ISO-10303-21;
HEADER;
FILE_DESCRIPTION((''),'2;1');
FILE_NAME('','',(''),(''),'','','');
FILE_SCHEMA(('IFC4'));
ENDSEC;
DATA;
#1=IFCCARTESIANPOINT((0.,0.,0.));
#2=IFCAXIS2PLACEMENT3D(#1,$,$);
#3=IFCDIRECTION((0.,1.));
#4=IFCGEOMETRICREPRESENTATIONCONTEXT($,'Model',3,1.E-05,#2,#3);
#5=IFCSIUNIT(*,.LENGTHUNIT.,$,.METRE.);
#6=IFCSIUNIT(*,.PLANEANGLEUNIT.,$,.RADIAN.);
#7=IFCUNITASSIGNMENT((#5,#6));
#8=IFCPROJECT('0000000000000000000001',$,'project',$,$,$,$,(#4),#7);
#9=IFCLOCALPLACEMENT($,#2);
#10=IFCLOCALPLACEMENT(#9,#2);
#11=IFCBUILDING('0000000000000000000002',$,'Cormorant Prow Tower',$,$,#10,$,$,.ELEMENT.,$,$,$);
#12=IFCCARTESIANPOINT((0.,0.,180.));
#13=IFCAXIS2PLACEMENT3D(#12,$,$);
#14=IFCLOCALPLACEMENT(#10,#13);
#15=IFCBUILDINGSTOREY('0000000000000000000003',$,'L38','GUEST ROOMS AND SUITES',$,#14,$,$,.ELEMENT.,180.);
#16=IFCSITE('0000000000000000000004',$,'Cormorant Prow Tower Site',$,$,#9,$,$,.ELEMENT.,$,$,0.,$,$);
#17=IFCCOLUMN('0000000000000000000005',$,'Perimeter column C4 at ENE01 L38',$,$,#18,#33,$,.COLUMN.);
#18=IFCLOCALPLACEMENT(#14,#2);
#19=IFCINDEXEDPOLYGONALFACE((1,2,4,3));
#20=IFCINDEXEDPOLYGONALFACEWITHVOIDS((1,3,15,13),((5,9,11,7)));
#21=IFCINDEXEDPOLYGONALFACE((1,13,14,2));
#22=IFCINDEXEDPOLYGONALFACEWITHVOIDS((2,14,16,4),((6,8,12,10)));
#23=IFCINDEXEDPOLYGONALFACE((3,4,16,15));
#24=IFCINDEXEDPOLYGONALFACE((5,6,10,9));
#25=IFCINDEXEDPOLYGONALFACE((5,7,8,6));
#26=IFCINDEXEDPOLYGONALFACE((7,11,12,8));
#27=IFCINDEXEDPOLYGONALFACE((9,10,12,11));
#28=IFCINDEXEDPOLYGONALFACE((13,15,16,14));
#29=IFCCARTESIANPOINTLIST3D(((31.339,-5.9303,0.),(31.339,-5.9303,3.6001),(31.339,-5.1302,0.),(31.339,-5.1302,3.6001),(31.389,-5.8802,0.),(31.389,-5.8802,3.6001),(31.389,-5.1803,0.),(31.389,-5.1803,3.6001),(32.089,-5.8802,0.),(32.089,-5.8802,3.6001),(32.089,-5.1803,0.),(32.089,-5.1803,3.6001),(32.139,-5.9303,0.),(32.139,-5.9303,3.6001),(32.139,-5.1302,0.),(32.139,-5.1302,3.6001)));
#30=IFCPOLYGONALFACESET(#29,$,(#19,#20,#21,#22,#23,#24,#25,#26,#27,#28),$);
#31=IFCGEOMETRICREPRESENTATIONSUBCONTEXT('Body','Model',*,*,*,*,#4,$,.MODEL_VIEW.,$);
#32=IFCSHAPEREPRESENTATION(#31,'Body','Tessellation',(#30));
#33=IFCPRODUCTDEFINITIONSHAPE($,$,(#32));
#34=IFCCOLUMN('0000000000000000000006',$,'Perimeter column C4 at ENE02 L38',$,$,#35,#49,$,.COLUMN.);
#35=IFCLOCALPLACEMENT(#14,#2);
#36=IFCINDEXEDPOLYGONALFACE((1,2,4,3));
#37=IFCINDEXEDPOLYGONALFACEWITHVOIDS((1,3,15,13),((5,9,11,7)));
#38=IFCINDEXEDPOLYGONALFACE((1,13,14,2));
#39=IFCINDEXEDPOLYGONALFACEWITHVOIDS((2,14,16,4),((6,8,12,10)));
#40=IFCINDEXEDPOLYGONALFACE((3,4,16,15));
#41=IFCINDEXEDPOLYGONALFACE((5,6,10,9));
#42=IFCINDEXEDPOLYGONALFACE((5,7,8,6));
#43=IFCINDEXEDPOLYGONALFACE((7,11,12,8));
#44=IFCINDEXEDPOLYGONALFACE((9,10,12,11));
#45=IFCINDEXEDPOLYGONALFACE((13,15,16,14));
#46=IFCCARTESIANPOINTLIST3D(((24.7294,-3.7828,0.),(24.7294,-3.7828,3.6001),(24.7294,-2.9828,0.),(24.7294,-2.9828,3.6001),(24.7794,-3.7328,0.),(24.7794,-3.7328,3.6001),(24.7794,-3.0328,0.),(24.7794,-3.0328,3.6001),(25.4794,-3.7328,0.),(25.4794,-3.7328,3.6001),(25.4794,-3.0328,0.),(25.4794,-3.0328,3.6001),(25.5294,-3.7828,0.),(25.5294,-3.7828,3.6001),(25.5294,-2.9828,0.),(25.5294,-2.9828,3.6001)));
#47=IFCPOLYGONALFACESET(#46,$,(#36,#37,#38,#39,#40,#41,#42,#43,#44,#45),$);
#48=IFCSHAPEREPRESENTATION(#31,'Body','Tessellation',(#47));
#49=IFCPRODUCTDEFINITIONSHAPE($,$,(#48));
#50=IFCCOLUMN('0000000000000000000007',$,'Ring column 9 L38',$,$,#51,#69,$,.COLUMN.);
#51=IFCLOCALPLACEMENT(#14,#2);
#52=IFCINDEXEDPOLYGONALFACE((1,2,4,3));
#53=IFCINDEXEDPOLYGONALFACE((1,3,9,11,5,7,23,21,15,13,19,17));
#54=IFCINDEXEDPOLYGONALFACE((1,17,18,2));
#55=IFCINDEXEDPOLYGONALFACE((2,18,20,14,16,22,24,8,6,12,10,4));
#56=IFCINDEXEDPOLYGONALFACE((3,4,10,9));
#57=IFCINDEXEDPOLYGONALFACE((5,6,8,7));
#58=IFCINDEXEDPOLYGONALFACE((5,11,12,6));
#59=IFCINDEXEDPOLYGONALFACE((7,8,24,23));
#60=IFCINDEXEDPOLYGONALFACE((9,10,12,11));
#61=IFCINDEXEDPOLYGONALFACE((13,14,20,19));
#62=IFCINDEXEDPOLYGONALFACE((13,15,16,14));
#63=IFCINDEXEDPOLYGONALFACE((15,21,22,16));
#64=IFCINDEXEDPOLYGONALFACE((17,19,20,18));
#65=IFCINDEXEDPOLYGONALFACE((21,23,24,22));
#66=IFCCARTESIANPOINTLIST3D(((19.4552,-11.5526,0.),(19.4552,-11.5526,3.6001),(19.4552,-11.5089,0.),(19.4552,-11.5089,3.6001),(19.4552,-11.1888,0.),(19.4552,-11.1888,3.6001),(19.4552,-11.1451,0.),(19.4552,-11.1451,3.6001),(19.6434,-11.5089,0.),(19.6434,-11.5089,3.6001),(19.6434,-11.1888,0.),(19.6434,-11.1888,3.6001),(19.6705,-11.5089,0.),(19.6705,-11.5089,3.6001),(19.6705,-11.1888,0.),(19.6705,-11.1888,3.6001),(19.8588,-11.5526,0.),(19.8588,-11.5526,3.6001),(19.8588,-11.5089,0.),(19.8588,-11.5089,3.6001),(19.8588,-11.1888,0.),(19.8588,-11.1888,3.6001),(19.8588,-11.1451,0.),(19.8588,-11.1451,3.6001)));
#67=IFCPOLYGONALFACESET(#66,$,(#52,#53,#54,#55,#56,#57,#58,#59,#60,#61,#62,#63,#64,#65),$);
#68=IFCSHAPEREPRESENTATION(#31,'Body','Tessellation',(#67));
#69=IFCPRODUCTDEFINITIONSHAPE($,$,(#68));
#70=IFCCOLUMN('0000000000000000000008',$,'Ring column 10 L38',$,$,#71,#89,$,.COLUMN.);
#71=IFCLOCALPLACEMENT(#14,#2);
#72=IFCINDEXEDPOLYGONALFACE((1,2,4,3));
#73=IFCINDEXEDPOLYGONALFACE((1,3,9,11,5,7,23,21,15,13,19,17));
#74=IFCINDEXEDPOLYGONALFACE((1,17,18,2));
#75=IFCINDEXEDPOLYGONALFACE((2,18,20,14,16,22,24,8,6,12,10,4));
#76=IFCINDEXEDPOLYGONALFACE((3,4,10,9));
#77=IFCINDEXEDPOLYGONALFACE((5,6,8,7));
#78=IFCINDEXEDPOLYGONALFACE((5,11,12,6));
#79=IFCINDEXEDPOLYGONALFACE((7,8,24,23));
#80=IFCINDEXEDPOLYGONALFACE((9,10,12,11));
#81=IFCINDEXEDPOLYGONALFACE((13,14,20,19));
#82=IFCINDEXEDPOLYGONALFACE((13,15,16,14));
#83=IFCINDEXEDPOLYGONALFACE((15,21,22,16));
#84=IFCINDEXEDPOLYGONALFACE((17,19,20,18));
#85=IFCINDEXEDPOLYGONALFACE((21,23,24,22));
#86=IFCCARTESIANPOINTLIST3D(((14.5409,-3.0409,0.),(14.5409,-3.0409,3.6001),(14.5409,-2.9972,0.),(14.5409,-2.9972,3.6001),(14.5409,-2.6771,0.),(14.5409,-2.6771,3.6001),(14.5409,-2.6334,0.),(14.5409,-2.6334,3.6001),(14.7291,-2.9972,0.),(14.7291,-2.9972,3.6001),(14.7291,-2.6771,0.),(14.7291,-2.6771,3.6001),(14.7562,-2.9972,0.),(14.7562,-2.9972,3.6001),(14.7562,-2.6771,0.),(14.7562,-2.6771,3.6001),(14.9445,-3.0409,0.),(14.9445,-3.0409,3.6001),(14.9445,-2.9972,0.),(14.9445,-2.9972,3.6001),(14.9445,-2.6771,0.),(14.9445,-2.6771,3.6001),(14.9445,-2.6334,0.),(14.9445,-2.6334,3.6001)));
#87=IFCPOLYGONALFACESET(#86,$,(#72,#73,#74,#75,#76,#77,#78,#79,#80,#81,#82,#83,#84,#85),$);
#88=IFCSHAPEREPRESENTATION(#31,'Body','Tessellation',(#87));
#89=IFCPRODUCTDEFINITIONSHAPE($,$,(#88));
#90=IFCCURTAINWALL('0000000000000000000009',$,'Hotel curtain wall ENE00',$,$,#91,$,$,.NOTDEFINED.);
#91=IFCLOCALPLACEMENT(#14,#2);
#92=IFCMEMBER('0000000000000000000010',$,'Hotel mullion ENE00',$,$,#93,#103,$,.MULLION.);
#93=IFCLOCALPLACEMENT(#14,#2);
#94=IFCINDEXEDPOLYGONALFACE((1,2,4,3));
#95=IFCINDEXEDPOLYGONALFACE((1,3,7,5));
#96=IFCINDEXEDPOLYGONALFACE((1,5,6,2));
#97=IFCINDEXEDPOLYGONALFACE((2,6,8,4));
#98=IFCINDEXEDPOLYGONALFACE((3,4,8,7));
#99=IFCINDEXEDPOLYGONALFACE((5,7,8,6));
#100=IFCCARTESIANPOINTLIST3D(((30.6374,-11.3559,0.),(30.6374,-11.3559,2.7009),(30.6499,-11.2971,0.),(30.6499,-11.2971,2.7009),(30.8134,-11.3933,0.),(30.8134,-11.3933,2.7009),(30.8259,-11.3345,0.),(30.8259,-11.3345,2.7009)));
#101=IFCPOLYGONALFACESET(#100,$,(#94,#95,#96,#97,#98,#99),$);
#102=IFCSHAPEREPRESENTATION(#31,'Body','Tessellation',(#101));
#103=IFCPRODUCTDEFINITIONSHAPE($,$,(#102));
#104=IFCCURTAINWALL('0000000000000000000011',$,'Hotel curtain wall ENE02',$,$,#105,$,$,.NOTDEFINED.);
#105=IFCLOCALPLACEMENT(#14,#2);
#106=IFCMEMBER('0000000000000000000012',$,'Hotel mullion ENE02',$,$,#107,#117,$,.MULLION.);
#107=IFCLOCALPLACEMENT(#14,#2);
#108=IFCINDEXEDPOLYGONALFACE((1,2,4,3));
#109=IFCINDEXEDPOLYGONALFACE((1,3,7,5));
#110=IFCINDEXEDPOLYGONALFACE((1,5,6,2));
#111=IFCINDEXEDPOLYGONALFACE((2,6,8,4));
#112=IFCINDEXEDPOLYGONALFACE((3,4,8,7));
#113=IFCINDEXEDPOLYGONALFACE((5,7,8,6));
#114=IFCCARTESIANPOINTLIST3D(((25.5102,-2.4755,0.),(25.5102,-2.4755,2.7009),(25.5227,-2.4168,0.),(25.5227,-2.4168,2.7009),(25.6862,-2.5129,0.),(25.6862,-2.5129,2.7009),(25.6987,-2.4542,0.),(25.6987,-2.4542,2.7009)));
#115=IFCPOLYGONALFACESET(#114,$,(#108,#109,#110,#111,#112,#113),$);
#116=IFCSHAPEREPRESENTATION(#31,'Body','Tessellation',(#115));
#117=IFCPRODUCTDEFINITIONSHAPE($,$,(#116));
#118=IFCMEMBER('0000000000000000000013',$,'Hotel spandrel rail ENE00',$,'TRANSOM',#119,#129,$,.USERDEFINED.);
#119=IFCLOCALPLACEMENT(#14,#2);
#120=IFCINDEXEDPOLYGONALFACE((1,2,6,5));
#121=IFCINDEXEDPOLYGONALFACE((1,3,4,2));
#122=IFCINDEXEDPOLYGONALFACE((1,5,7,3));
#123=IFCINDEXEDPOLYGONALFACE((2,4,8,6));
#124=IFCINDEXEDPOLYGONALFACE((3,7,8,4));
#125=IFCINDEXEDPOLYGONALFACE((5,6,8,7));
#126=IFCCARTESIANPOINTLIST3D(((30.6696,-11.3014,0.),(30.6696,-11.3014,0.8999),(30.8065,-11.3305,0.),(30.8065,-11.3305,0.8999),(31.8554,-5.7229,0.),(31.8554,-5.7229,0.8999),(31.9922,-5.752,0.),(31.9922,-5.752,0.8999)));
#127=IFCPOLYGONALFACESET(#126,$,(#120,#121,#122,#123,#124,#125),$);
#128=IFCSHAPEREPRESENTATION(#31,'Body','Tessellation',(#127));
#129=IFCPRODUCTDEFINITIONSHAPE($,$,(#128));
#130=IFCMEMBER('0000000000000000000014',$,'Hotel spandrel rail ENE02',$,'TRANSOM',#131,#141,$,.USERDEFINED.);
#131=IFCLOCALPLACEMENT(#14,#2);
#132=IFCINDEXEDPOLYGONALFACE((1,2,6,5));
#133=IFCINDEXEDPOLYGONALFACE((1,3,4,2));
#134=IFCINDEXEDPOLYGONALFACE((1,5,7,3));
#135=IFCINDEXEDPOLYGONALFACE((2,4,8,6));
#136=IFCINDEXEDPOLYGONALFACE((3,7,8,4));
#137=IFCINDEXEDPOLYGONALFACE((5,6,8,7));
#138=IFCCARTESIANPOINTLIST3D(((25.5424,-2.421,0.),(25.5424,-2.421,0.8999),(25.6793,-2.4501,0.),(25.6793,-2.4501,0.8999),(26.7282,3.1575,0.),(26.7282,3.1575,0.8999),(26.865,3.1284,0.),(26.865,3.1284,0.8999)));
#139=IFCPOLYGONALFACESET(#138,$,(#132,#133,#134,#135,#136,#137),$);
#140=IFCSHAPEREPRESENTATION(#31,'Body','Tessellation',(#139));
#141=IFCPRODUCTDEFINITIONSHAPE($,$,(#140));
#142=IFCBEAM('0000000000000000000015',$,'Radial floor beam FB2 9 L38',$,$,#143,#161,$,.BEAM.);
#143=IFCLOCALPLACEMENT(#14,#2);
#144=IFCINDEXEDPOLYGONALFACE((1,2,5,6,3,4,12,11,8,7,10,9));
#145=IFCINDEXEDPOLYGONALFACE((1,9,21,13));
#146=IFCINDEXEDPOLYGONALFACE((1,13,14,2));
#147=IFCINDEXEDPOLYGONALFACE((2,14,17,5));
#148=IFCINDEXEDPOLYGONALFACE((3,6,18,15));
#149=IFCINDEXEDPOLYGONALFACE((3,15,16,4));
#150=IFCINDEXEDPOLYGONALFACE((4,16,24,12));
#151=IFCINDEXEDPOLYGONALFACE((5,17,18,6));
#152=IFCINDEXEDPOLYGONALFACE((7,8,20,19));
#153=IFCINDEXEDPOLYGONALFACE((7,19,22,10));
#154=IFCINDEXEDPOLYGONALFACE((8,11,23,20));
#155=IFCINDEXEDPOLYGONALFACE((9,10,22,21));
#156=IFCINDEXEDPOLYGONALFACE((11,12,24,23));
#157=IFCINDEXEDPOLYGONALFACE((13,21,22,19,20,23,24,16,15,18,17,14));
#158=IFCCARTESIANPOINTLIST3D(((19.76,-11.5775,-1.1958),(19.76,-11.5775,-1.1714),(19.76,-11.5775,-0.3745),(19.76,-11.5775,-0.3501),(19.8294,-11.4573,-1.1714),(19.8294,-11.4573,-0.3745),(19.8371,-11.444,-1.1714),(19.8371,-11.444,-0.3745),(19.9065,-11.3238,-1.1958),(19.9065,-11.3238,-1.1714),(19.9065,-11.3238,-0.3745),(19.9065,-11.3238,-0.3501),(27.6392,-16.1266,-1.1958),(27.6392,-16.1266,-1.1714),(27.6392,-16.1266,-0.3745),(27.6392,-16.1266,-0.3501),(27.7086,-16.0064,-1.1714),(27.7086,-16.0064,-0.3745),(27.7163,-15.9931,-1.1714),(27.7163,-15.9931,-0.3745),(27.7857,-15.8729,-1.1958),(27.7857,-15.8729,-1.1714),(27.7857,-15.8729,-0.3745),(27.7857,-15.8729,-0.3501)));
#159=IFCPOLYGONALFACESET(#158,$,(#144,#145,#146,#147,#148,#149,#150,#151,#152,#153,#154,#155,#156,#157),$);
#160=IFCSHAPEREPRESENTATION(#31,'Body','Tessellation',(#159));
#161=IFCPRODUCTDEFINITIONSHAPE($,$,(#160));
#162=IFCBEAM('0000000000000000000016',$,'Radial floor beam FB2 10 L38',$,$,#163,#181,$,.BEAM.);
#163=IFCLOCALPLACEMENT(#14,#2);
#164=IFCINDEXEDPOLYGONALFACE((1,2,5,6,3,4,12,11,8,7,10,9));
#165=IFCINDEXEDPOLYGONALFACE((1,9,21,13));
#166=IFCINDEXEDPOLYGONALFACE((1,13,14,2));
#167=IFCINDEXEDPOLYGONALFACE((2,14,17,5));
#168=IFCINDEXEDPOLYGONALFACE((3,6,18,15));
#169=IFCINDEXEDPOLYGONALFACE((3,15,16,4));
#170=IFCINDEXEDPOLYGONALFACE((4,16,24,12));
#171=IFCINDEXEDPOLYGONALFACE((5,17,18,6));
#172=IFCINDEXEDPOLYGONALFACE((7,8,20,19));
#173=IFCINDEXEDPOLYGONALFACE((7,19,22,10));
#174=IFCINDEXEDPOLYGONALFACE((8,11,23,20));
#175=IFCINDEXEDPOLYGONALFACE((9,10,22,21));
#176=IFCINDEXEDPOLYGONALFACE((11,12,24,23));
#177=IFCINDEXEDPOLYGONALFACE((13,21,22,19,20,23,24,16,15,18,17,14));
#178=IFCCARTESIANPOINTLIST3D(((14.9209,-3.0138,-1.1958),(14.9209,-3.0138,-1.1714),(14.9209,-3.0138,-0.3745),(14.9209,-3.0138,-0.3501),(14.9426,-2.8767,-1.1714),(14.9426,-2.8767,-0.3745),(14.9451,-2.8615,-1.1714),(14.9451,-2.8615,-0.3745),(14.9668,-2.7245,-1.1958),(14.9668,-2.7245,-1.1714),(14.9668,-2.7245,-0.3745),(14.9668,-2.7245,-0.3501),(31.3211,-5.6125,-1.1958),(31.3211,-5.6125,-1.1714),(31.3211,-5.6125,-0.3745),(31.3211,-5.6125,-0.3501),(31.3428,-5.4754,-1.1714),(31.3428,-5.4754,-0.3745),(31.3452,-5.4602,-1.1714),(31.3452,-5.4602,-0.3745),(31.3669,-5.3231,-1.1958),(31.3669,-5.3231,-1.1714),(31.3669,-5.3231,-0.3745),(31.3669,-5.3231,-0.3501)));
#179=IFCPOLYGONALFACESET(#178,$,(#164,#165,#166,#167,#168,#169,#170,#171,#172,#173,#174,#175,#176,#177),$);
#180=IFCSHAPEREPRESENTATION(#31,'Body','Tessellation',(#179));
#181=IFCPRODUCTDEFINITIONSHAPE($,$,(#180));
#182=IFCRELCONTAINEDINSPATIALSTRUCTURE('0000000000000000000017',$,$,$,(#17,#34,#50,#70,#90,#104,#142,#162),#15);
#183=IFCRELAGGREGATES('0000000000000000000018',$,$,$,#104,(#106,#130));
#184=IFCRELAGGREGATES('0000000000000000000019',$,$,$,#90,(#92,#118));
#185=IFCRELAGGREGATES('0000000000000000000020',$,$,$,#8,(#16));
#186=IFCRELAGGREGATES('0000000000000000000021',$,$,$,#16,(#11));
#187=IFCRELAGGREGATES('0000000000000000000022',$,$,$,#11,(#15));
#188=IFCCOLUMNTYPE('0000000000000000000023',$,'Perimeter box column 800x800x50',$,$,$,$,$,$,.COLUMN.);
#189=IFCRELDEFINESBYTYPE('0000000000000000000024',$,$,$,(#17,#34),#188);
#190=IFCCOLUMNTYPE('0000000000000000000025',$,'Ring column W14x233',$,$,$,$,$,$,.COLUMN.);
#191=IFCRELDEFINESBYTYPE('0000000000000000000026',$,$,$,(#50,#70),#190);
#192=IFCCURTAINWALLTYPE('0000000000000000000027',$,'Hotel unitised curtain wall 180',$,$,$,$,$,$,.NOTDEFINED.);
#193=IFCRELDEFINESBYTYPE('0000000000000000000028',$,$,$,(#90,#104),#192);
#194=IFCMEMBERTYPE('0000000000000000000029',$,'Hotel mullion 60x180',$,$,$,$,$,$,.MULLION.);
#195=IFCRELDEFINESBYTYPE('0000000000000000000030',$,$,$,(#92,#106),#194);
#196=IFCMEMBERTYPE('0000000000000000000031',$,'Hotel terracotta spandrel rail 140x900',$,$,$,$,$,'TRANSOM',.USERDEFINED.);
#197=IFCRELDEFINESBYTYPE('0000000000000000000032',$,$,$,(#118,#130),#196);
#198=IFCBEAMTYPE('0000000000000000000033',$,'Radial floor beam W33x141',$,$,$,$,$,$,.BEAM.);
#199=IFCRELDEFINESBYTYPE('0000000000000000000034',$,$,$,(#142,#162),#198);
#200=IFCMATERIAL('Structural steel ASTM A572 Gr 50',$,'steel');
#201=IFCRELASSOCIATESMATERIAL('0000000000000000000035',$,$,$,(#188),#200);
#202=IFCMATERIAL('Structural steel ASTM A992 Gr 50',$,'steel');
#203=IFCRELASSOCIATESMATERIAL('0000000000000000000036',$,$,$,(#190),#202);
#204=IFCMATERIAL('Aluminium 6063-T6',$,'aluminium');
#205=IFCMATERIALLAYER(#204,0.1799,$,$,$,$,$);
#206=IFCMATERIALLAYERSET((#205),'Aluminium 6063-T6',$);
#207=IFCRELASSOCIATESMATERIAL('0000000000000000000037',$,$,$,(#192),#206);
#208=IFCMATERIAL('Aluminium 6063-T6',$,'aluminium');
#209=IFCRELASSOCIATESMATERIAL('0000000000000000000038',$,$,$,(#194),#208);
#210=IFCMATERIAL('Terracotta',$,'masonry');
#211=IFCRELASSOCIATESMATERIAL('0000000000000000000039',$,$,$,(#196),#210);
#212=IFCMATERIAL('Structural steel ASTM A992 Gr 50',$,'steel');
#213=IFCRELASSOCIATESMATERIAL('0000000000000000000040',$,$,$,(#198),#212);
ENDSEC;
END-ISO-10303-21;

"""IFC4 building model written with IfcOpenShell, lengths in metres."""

from ifc_helpers import new_model, si_unit, direction, frame, origin, origin_2d, place, context, subcontext, project, spatial, rectangle, hollow_rectangle, i_section, extrude, material, layer, layer_set, material_profile, profile_set, type_object, element, aggregate, save


model = new_model("IFC4")

# Units and contexts
model_context = context("Model", 3, precision=1e-05, world=origin(), true_north=direction((0.0, 1.0)))
body_context = subcontext(model_context, "Body", "Model", "MODEL_VIEW")
ifc_project = project(units=[si_unit("LENGTHUNIT", "METRE"), si_unit("PLANEANGLEUNIT", "RADIAN")], contexts=[model_context])

# Site, building, storey
site_placement = place(None, origin())
site = spatial("IfcSite", under=ifc_project, at=site_placement, Name="Cormorant Prow Tower Site", CompositionType="ELEMENT", RefElevation=0.0)
building_placement = place(site_placement, origin())
building = spatial("IfcBuilding", under=site, at=building_placement, Name="Cormorant Prow Tower", CompositionType="ELEMENT")
storey_placement = place(building_placement, frame((0.0, 0.0, 180.0)))
storey = spatial("IfcBuildingStorey", under=building, at=storey_placement, Name="L38", Description="GUEST ROOMS AND SUITES", CompositionType="ELEMENT", Elevation=180.0)

# Columns
ifc_material_1 = material(Name="Structural steel ASTM A572 Gr 50", Category="steel")
ifc_material_profile_1 = material_profile(ifc_material_1, hollow_rectangle(XDim=0.8, YDim=0.8, WallThickness=0.05, at=origin_2d()), Name="Box 800x800x50")
ifc_profile_set_1 = profile_set([ifc_material_profile_1], Name="Structural steel ASTM A572 Gr 50")
column_type_1 = type_object("IfcColumnType", Name="Perimeter box column 800x800x50", PredefinedType="COLUMN", material=ifc_profile_set_1)
for number, where, z_axis, x_axis, name in (
    (1, (31.739, -5.5303, 0.0), (0.0, 0.0, 1.0), (1.0, 0.0, 0.0), "Perimeter column C4 at ENE01 L38"),
    (2, (25.1294, -3.3828, 0.0), (0.0, 0.0, 1.0), (1.0, 0.0, 0.0), "Perimeter column C4 at ENE02 L38"),
):
    element("IfcColumn", number, at=place(storey_placement, frame(where, z_axis=z_axis, x_axis=x_axis)), inside=storey, type_object=column_type_1, Name=name, PredefinedType="COLUMN", context=body_context, shape_type="SweptSolid", body=[
        extrude(hollow_rectangle(XDim=0.8, YDim=0.8, WallThickness=0.05, at=origin_2d()), origin(), (0.0, 0.0, 1.0), 3.6001),
    ])
ifc_material_2 = material(Name="Structural steel ASTM A992 Gr 50", Category="steel")
ifc_material_profile_2 = material_profile(ifc_material_2, i_section(OverallWidth=0.4036, OverallDepth=0.4075, WebThickness=0.0271, FlangeThickness=0.0437, at=origin_2d()), Name="W14x233")
ifc_profile_set_2 = profile_set([ifc_material_profile_2], Name="Structural steel ASTM A992 Gr 50")
column_type_2 = type_object("IfcColumnType", Name="Ring column W14x233", PredefinedType="COLUMN", material=ifc_profile_set_2)
for number, where, z_axis, x_axis, name in (
    (3, (19.657, -11.3489, 0.0), (0.0, 0.0, 1.0), (1.0, 0.0, 0.0), "Ring column 9 L38"),
    (4, (14.7427, -2.8372, 0.0), (0.0, 0.0, 1.0), (1.0, 0.0, 0.0), "Ring column 10 L38"),
):
    element("IfcColumn", number, at=place(storey_placement, frame(where, z_axis=z_axis, x_axis=x_axis)), inside=storey, type_object=column_type_2, Name=name, PredefinedType="COLUMN", context=body_context, shape_type="SweptSolid", body=[
        extrude(i_section(OverallWidth=0.4036, OverallDepth=0.4075, WebThickness=0.0271, FlangeThickness=0.0437, at=origin_2d()), origin(), (0.0, 0.0, 1.0), 3.6001),
    ])

# Curtain walls, members
ifc_material_3 = material(Name="Aluminium 6063-T6", Category="aluminium")
ifc_layer_1 = layer(ifc_material_3, 0.1799)
ifc_layer_set_1 = layer_set([ifc_layer_1], Name="Aluminium 6063-T6")
curtain_wall_type = type_object("IfcCurtainWallType", Name="Hotel unitised curtain wall 180", PredefinedType="NOTDEFINED", material=ifc_layer_set_1)
curtain_wall_1_placement = place(storey_placement, origin())
curtain_wall_1 = element("IfcCurtainWall", 5, at=curtain_wall_1_placement, inside=storey, type_object=curtain_wall_type, Name="Hotel curtain wall ENE00", PredefinedType="NOTDEFINED")
ifc_material_4 = material(Name="Aluminium 6063-T6", Category="aluminium")
ifc_material_profile_3 = material_profile(ifc_material_4, rectangle(XDim=0.1799, YDim=0.0601, at=origin_2d()), Name="Hotel mullion 60x180")
ifc_profile_set_3 = profile_set([ifc_material_profile_3], Name="Aluminium 6063-T6")
member_type_1 = type_object("IfcMemberType", Name="Hotel mullion 60x180", PredefinedType="MULLION", material=ifc_profile_set_3)
member_1_placement = place(storey_placement, frame((30.7317, -11.3452, 0.0), z_axis=(0.0, 0.0, 1.0), x_axis=(-0.978148, 0.207912, 0.0)))
member_1 = element("IfcMember", 6, at=member_1_placement, type_object=member_type_1, Name="Hotel mullion ENE00", PredefinedType="MULLION", context=body_context, shape_type="SweptSolid", body=[
    extrude(rectangle(XDim=0.1799, YDim=0.0601, at=origin_2d()), origin(), (0.0, 0.0, 1.0), 2.7009),
])
curtain_wall_2_placement = place(storey_placement, origin())
curtain_wall_2 = element("IfcCurtainWall", 7, at=curtain_wall_2_placement, inside=storey, type_object=curtain_wall_type, Name="Hotel curtain wall ENE02", PredefinedType="NOTDEFINED")
member_2_placement = place(storey_placement, frame((25.6045, -2.4648, 0.0), z_axis=(0.0, 0.0, 1.0), x_axis=(-0.978148, 0.207912, 0.0)))
member_2 = element("IfcMember", 8, at=member_2_placement, type_object=member_type_1, Name="Hotel mullion ENE02", PredefinedType="MULLION", context=body_context, shape_type="SweptSolid", body=[
    extrude(rectangle(XDim=0.1799, YDim=0.0601, at=origin_2d()), origin(), (0.0, 0.0, 1.0), 2.7009),
])

# Members
ifc_material_5 = material(Name="Terracotta", Category="masonry")
ifc_material_profile_4 = material_profile(ifc_material_5, rectangle(XDim=0.1399, YDim=0.8999, at=origin_2d()), Name="Hotel terracotta spandrel rail 140x900")
ifc_profile_set_4 = profile_set([ifc_material_profile_4], Name="Terracotta")
member_type_2 = type_object("IfcMemberType", Name="Hotel terracotta spandrel rail 140x900", ElementType="TRANSOM", PredefinedType="USERDEFINED", material=ifc_profile_set_4)
member_3_placement = place(storey_placement, frame((30.738, -11.3159, 0.45), z_axis=(0.207915, 0.978147, 0.0), x_axis=(-0.978147, 0.207915, 0.0)))
member_3 = element("IfcMember", 9, at=member_3_placement, type_object=member_type_2, Name="Hotel spandrel rail ENE00", ObjectType="TRANSOM", PredefinedType="USERDEFINED", context=body_context, shape_type="SweptSolid", body=[
    extrude(rectangle(XDim=0.1399, YDim=0.8999, at=origin_2d()), origin(), (0.0, 0.0, 1.0), 5.7031),
])
member_4_placement = place(storey_placement, frame((25.6108, -2.4355, 0.45), z_axis=(0.207915, 0.978147, 0.0), x_axis=(-0.978147, 0.207915, 0.0)))
member_4 = element("IfcMember", 10, at=member_4_placement, type_object=member_type_2, Name="Hotel spandrel rail ENE02", ObjectType="TRANSOM", PredefinedType="USERDEFINED", context=body_context, shape_type="SweptSolid", body=[
    extrude(rectangle(XDim=0.1399, YDim=0.8999, at=origin_2d()), origin(), (0.0, 0.0, 1.0), 5.7031),
])
aggregate(curtain_wall_2, [member_2, member_4])

# Beams
ifc_material_6 = material(Name="Structural steel ASTM A992 Gr 50", Category="steel")
ifc_material_profile_5 = material_profile(ifc_material_6, i_section(OverallWidth=0.293, OverallDepth=0.8457, WebThickness=0.0154, FlangeThickness=0.0244, at=origin_2d()), Name="W33x141")
ifc_profile_set_5 = profile_set([ifc_material_profile_5], Name="Structural steel ASTM A992 Gr 50")
beam_type_1 = type_object("IfcBeamType", Name="Radial floor beam W33x141", PredefinedType="BEAM", material=ifc_profile_set_5)
beam_1_placement = place(storey_placement, frame((19.8333, -11.4507, -0.7729), z_axis=(0.866023, -0.500004, 0.0), x_axis=(0.500004, 0.866023, 0.0)))
element("IfcBeam", 11, at=beam_1_placement, inside=storey, type_object=beam_type_1, Name="Radial floor beam FB2 9 L38", PredefinedType="BEAM", context=body_context, shape_type="SweptSolid", body=[
    extrude(i_section(OverallWidth=0.293, OverallDepth=0.8457, WebThickness=0.0154, FlangeThickness=0.0244, at=origin_2d()), origin(), (0.0, 0.0, 1.0), 9.0981),
])
beam_2_placement = place(storey_placement, frame((14.9438, -2.8691, -0.7729), z_axis=(0.987678, -0.156499, 0.0), x_axis=(0.156499, 0.987678, 0.0)))
element("IfcBeam", 12, at=beam_2_placement, inside=storey, type_object=beam_type_1, Name="Radial floor beam FB2 10 L38", PredefinedType="BEAM", context=body_context, shape_type="SweptSolid", body=[
    extrude(i_section(OverallWidth=0.293, OverallDepth=0.8457, WebThickness=0.0154, FlangeThickness=0.0244, at=origin_2d()), origin(), (0.0, 0.0, 1.0), 16.6047),
])

aggregate(curtain_wall_1, [member_1, member_3])

save(model, "model.ifc")
